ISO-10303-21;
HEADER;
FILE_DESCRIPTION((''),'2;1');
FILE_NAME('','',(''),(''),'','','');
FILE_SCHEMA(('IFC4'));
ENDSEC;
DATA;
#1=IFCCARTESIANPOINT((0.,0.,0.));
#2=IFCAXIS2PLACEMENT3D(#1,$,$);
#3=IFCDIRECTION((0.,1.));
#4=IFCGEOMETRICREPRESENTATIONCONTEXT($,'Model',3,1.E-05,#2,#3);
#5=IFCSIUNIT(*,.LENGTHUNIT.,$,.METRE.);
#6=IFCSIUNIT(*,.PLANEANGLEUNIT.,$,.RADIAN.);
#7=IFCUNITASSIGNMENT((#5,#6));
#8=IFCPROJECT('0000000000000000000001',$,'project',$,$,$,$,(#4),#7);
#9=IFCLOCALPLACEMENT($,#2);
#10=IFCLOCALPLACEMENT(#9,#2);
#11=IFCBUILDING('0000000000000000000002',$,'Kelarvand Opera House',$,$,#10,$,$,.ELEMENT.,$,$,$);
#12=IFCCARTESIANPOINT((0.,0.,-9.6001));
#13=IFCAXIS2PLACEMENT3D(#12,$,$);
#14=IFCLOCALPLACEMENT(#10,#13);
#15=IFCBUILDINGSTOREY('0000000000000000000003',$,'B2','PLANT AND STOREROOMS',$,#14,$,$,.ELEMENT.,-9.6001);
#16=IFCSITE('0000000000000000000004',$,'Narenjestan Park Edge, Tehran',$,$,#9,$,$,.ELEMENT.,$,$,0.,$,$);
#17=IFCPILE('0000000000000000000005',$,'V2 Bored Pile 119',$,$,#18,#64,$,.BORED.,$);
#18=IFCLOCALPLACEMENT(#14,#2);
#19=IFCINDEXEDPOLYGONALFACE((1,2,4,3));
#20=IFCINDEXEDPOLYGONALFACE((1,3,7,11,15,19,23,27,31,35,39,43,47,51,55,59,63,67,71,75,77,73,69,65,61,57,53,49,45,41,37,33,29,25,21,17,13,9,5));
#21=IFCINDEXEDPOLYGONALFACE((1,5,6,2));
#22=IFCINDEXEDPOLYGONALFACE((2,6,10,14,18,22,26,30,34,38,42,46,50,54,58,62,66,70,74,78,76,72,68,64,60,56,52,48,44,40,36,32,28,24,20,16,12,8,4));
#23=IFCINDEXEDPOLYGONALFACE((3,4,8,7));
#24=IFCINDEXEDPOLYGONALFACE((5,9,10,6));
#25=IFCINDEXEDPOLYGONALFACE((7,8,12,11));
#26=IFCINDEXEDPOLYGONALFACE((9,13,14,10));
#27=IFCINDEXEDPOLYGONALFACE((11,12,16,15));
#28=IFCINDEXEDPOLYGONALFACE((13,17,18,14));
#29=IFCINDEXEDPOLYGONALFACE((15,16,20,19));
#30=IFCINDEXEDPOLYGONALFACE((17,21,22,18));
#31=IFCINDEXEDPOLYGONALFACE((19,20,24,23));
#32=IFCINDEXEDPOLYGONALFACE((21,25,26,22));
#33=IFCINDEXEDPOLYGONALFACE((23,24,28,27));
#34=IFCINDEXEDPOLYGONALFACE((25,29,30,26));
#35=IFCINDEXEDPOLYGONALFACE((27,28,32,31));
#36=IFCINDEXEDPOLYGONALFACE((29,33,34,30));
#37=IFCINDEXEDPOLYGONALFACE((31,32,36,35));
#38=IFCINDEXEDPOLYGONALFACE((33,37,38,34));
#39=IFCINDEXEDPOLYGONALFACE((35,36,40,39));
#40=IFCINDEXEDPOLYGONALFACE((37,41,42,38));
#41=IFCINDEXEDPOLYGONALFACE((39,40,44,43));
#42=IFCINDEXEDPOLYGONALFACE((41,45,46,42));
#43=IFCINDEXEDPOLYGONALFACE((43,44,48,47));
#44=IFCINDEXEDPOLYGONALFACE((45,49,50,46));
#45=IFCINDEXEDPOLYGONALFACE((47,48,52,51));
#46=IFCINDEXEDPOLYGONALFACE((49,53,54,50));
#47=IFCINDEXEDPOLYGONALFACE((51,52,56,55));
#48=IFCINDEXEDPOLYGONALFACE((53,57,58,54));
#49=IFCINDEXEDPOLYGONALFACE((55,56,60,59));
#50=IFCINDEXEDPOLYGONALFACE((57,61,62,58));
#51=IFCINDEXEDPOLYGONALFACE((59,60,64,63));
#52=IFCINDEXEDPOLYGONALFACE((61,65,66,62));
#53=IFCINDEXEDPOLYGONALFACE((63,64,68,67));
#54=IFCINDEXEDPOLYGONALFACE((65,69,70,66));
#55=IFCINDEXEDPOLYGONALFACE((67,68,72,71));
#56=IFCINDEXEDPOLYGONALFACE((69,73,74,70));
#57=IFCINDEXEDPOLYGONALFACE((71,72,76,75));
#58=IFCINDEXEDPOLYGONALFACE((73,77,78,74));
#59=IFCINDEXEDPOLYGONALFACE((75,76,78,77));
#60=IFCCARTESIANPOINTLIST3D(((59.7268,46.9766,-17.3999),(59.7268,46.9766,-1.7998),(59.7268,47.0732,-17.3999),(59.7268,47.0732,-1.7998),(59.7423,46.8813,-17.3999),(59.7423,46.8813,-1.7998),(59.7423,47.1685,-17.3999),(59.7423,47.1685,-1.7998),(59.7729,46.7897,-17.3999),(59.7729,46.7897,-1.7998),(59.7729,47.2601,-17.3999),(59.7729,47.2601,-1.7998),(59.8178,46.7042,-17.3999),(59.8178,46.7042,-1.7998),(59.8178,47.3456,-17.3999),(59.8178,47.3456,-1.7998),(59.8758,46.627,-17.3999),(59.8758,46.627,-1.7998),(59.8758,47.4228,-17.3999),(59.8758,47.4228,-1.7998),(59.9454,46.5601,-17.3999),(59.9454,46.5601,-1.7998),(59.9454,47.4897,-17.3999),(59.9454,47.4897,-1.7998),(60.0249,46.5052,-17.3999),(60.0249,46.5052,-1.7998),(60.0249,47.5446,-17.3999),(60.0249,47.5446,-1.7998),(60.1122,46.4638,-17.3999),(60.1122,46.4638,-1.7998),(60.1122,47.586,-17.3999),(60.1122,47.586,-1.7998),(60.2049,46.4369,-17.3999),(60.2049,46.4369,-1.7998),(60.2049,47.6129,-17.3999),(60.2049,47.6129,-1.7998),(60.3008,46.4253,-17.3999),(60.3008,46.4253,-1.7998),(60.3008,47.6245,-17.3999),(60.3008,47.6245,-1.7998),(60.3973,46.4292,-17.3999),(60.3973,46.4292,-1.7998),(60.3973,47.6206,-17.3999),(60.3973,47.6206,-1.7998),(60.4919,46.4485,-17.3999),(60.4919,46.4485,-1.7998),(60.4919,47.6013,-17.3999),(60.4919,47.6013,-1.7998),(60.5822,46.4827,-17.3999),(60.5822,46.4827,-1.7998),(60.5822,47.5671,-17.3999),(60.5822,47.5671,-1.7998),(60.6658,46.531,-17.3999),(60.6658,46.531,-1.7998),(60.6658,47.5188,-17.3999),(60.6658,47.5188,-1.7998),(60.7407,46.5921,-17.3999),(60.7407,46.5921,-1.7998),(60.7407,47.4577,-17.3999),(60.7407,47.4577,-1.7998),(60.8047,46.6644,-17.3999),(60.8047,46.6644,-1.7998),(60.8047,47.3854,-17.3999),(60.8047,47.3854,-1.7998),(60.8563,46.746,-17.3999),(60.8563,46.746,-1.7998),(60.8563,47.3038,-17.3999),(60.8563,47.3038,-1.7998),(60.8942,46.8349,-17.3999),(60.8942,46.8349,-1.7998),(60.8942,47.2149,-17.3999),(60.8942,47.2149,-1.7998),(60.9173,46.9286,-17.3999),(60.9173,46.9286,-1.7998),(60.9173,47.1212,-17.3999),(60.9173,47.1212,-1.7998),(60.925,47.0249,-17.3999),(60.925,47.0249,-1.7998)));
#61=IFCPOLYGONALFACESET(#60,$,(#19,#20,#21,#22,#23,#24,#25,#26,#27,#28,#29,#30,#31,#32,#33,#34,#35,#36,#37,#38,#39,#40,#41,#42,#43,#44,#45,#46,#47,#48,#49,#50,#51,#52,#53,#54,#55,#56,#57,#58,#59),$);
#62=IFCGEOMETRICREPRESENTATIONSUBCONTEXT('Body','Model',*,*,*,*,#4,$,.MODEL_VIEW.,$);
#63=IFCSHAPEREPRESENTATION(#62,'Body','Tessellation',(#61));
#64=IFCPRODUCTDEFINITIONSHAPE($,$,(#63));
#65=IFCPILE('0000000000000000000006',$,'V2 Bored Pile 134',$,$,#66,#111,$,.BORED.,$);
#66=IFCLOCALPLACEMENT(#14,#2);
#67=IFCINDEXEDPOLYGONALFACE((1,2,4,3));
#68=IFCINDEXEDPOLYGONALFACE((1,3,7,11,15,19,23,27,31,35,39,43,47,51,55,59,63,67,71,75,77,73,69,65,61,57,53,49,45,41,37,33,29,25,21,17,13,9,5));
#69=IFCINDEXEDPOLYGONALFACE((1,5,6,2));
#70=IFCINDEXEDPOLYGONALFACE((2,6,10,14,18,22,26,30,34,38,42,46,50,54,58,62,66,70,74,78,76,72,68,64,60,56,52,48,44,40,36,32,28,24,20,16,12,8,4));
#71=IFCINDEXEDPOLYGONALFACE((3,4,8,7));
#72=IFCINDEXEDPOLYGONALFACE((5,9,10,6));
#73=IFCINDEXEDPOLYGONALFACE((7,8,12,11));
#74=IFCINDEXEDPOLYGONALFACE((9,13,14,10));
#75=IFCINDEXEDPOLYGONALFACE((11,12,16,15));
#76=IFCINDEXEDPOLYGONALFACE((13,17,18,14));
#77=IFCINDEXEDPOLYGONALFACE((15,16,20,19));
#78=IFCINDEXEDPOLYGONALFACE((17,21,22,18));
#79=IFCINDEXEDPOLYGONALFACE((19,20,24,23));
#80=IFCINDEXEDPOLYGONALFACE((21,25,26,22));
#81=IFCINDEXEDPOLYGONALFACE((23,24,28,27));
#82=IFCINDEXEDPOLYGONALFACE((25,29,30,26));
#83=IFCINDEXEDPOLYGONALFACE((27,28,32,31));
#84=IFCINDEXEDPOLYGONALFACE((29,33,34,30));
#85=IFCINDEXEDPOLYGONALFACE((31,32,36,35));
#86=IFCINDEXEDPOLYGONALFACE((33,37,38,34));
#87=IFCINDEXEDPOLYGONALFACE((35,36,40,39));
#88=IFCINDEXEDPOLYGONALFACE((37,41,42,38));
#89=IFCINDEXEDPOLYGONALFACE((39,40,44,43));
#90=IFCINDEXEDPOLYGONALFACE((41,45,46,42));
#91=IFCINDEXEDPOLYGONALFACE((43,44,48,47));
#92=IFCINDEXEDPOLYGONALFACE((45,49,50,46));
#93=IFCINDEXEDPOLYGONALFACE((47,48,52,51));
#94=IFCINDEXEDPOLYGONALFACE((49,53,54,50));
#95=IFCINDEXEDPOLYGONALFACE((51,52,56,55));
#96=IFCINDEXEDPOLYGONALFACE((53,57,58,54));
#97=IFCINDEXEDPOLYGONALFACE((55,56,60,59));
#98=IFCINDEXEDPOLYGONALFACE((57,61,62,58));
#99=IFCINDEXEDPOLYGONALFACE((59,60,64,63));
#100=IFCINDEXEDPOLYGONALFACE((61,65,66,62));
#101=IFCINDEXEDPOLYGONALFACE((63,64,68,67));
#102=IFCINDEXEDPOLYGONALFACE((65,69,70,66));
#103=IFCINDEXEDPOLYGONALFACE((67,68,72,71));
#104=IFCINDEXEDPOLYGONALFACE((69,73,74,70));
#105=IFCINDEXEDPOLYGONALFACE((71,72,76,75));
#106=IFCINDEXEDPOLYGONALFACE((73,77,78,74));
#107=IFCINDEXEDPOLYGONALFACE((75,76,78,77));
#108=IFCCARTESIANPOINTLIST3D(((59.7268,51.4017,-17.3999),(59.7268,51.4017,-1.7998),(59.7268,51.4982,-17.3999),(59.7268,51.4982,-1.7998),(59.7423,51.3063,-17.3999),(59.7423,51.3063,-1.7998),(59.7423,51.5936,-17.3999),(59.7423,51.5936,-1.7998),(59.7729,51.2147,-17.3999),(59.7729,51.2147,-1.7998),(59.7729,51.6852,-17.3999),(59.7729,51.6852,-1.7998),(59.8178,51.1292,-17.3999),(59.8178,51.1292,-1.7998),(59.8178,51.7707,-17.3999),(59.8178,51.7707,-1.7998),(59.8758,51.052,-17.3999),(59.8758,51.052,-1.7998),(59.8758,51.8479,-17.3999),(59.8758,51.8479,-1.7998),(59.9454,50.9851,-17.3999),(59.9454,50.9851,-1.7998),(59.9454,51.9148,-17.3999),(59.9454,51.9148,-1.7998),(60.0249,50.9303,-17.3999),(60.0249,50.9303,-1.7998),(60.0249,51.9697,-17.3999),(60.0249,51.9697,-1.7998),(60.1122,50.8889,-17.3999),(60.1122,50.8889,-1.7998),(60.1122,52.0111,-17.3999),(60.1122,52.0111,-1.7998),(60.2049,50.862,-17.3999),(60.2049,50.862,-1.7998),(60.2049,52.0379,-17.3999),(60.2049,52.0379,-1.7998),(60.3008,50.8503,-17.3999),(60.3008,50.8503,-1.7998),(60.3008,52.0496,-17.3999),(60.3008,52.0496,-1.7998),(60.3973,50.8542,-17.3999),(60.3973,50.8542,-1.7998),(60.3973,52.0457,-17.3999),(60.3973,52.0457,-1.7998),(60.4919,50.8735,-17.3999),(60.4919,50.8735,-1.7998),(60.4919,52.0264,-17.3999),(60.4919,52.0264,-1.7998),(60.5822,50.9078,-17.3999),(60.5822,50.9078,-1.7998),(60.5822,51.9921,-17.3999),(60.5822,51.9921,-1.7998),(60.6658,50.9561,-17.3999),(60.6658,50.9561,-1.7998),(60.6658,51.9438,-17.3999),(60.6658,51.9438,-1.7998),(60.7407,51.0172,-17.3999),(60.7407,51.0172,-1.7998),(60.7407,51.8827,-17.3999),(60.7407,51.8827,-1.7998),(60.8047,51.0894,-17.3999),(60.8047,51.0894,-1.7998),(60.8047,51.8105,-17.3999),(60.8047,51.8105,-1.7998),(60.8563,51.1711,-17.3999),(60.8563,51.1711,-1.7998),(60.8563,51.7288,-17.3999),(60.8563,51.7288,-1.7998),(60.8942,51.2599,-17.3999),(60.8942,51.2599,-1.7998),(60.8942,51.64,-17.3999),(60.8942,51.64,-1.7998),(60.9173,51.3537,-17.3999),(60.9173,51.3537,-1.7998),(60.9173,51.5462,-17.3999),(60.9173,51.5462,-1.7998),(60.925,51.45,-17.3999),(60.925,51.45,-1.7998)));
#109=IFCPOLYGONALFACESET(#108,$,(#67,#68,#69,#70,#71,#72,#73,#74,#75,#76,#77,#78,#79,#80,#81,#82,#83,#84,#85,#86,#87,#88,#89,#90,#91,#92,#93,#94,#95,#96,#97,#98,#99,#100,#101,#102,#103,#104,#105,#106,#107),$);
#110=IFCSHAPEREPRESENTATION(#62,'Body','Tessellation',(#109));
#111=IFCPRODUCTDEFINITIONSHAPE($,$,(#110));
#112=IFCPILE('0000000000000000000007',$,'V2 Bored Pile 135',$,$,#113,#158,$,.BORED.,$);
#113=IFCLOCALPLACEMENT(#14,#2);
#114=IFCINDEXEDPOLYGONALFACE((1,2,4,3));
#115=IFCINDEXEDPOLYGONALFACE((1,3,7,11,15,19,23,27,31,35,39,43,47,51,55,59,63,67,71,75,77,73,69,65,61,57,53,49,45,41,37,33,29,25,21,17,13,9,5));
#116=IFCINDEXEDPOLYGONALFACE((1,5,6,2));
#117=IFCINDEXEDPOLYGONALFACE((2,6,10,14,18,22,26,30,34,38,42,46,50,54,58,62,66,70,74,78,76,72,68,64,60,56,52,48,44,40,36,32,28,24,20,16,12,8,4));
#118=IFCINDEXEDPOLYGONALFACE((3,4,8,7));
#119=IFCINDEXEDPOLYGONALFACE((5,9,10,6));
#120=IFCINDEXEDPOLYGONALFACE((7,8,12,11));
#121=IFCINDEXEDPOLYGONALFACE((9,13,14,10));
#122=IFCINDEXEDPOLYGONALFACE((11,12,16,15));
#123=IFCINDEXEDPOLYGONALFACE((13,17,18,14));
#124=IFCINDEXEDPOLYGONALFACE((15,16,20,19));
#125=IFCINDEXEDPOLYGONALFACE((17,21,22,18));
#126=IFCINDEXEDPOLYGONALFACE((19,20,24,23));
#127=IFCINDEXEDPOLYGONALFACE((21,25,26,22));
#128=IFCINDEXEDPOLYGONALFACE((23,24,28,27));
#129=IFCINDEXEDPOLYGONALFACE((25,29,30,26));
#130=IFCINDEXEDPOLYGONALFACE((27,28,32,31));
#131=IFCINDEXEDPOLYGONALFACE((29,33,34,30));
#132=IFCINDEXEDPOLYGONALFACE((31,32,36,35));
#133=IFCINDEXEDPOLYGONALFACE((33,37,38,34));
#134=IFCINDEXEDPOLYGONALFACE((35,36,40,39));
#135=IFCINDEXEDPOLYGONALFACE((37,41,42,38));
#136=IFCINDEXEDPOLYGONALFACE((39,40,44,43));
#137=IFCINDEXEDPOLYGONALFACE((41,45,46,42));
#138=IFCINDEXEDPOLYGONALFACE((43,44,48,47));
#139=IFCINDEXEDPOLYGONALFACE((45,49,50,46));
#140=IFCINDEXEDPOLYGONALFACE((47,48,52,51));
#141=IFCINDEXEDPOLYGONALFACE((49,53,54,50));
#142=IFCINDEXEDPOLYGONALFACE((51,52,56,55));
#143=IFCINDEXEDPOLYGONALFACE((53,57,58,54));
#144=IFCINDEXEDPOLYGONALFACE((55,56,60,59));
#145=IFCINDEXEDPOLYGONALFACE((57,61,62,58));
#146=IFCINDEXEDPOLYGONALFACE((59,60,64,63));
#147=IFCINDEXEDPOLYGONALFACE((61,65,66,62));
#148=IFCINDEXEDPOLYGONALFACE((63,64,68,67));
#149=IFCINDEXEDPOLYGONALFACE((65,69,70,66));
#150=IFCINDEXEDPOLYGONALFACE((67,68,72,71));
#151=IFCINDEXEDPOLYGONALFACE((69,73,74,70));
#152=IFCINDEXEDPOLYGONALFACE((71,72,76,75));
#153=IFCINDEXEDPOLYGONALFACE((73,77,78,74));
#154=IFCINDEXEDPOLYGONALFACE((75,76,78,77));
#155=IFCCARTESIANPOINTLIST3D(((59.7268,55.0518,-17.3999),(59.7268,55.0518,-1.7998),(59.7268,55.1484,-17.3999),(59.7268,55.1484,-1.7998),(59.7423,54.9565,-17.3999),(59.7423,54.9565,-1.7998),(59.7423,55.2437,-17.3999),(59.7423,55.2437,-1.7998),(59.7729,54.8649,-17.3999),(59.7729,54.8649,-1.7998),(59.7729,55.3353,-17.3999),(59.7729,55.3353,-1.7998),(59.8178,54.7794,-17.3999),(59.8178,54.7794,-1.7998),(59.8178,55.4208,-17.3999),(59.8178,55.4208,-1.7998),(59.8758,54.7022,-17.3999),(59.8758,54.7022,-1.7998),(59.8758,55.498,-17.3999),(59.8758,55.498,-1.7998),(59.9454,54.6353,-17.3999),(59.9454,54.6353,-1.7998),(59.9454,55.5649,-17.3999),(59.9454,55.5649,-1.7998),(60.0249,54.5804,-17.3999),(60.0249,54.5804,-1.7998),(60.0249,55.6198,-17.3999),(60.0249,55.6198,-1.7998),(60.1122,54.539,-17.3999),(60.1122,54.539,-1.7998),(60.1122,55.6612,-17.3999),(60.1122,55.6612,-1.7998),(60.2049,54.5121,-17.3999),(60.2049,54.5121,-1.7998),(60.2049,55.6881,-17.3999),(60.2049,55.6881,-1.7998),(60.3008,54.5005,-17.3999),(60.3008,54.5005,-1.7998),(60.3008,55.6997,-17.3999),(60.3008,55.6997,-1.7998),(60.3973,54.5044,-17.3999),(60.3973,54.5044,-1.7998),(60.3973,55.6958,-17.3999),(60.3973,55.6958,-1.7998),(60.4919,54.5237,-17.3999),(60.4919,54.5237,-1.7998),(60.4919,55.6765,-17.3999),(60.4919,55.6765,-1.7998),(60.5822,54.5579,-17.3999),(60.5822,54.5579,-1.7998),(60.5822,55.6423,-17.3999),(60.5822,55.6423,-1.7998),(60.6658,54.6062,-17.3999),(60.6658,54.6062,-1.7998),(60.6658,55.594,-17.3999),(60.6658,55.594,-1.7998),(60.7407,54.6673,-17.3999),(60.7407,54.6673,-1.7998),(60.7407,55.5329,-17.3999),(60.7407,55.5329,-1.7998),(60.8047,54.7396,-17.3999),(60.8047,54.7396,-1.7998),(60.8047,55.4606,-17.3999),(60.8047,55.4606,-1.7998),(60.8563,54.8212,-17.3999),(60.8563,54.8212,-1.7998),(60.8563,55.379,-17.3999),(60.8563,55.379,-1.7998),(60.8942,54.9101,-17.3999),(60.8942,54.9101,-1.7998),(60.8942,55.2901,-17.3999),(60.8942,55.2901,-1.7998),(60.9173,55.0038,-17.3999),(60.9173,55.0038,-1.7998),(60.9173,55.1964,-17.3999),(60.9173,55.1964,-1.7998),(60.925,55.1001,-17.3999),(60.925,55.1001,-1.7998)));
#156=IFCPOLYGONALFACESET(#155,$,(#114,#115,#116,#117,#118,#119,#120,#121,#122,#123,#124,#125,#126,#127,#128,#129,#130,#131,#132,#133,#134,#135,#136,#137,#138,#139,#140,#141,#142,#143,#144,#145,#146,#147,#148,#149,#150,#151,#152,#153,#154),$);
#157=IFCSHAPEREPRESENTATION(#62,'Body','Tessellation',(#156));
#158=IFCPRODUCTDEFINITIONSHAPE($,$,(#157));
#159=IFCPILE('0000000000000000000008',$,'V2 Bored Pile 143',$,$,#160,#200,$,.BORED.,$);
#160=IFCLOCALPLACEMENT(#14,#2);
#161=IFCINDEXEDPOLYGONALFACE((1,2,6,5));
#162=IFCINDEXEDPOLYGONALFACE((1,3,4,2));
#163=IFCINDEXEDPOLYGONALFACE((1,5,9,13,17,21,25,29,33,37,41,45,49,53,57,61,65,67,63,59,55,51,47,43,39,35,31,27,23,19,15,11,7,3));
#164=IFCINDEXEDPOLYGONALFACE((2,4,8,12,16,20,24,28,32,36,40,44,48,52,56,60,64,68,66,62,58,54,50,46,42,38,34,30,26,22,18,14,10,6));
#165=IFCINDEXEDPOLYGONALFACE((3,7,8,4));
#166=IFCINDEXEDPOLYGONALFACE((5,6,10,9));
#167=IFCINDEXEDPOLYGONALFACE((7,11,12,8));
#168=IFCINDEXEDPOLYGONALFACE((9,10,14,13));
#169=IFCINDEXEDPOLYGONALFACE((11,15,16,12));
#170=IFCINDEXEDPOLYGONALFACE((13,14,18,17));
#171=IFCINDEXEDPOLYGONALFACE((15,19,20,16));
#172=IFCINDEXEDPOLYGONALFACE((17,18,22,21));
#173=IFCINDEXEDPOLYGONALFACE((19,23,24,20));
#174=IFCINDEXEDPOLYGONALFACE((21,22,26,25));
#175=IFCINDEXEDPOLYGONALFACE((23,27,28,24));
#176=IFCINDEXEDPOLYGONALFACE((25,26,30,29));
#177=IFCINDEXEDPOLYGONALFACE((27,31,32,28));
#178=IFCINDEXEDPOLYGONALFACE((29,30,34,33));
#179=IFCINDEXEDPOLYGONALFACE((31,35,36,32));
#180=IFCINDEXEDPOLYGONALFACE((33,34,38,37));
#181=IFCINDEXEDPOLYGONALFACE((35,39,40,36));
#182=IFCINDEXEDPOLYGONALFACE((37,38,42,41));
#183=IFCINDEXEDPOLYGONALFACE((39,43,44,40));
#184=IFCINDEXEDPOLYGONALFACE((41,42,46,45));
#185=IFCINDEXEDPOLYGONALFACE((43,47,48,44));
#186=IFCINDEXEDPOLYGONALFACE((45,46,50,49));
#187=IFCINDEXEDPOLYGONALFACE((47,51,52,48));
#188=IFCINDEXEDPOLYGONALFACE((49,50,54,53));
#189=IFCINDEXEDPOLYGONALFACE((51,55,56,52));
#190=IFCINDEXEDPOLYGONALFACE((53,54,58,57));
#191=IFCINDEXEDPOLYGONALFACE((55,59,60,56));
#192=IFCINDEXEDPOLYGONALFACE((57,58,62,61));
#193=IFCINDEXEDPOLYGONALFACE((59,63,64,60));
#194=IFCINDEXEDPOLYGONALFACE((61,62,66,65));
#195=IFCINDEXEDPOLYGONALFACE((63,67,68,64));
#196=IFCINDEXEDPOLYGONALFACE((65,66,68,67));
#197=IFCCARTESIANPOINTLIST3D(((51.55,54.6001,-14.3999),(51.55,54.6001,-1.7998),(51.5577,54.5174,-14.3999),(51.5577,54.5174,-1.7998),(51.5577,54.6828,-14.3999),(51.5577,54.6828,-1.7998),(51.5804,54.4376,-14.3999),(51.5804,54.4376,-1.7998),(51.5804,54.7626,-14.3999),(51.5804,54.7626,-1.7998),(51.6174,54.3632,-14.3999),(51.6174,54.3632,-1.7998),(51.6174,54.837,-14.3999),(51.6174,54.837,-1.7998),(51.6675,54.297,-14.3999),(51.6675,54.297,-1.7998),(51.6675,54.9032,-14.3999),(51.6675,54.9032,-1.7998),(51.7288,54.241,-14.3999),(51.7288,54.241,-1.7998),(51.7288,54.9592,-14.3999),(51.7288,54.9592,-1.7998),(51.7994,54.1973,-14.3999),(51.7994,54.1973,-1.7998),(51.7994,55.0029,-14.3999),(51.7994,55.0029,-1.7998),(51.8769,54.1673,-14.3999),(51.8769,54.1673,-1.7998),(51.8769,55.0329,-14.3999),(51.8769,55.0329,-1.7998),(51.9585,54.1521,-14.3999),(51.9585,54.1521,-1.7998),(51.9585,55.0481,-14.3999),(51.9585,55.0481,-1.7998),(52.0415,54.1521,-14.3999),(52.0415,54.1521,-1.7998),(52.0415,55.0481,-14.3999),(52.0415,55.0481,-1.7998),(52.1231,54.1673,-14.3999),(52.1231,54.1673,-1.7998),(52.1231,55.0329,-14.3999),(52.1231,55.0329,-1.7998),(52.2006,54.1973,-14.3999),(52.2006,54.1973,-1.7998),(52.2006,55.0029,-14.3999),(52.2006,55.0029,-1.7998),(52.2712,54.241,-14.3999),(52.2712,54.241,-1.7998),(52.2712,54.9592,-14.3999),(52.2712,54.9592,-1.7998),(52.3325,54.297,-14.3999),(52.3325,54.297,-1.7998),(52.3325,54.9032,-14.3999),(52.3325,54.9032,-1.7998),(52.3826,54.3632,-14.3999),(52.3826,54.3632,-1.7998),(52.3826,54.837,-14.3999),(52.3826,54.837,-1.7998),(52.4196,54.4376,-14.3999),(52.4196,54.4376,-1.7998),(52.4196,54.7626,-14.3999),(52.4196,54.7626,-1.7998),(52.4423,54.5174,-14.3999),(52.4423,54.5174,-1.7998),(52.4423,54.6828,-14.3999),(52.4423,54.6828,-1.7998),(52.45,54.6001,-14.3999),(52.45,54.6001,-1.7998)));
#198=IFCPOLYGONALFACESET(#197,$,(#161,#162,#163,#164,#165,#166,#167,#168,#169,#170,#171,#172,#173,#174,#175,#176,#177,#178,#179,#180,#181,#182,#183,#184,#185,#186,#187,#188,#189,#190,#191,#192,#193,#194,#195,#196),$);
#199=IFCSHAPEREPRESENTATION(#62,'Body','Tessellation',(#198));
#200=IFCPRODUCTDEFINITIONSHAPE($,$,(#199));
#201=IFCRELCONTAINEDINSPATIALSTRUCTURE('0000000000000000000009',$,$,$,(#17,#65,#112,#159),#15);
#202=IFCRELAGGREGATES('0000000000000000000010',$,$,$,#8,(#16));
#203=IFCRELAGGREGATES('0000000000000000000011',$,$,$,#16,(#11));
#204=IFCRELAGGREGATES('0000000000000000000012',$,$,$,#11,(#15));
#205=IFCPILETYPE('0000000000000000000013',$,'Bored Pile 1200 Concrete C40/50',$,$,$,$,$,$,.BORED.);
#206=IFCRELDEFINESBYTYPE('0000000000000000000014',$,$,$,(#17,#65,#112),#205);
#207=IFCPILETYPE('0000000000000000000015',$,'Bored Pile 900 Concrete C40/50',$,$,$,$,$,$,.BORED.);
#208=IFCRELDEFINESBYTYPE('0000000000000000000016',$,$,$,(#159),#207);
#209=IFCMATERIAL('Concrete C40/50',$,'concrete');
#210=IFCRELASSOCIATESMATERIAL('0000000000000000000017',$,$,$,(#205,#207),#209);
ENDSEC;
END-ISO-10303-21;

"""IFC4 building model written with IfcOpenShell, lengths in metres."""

from ifc_helpers import new_model, si_unit, direction, frame, origin, origin_2d, place, context, subcontext, project, spatial, circle, extrude, material, material_profile, profile_set, type_object, element, save


model = new_model("IFC4")

# Units and contexts
model_context = context("Model", 3, precision=1e-05, world=origin(), true_north=direction((0.0, 1.0)))
body_context = subcontext(model_context, "Body", "Model", "MODEL_VIEW")
ifc_project = project(units=[si_unit("LENGTHUNIT", "METRE"), si_unit("PLANEANGLEUNIT", "RADIAN")], contexts=[model_context])

# Site, building, storey
site_placement = place(None, origin())
site = spatial("IfcSite", under=ifc_project, at=site_placement, Name="Narenjestan Park Edge, Tehran", CompositionType="ELEMENT", RefElevation=0.0)
building_placement = place(site_placement, origin())
building = spatial("IfcBuilding", under=site, at=building_placement, Name="Kelarvand Opera House", CompositionType="ELEMENT")
storey_placement = place(building_placement, frame((0.0, 0.0, -9.6001)))
storey = spatial("IfcBuildingStorey", under=building, at=storey_placement, Name="B2", Description="PLANT AND STOREROOMS", CompositionType="ELEMENT", Elevation=-9.6001)

# Piles
ifc_material_1 = material(Name="Concrete C40/50", Category="concrete")
ifc_material_profile_1 = material_profile(ifc_material_1, circle(Radius=0.6001, at=origin_2d()), Name="BP 1200", Category="concrete")
ifc_profile_set_1 = profile_set([ifc_material_profile_1], Name="Concrete C40/50")
pile_type_1 = type_object("IfcPileType", Name="Bored Pile 1200 Concrete C40/50", PredefinedType="BORED", material=ifc_profile_set_1)
for number, where, z_axis, x_axis, name in (
    (1, (60.325, 47.0249, -1.7998), (0.0, 0.0, -1.0), (1.0, 0.0, 0.0), "V2 Bored Pile 119"),
    (2, (60.325, 51.45, -1.7998), (0.0, 0.0, -1.0), (1.0, 0.0, 0.0), "V2 Bored Pile 134"),
    (3, (60.325, 55.1001, -1.7998), (0.0, 0.0, -1.0), (1.0, 0.0, 0.0), "V2 Bored Pile 135"),
):
    element("IfcPile", number, at=place(storey_placement, frame(where, z_axis=z_axis, x_axis=x_axis)), inside=storey, type_object=pile_type_1, Name=name, PredefinedType="BORED", context=body_context, shape_type="SweptSolid", body=[
        extrude(circle(Radius=0.6001, at=origin_2d()), origin(), (0.0, 0.0, 1.0), 15.6001),
    ])
ifc_material_profile_2 = material_profile(ifc_material_1, circle(Radius=0.45, at=origin_2d()), Name="BP 900", Category="concrete")
ifc_profile_set_2 = profile_set([ifc_material_profile_2], Name="Concrete C40/50")
pile_type_2 = type_object("IfcPileType", Name="Bored Pile 900 Concrete C40/50", PredefinedType="BORED", material=ifc_profile_set_2)
for number, where, z_axis, x_axis, name in (
    (4, (52.0, 54.6001, -1.7998), (0.0, 0.0, -1.0), (1.0, 0.0, 0.0), "V2 Bored Pile 143"),
):
    element("IfcPile", number, at=place(storey_placement, frame(where, z_axis=z_axis, x_axis=x_axis)), inside=storey, type_object=pile_type_2, Name=name, PredefinedType="BORED", context=body_context, shape_type="SweptSolid", body=[
        extrude(circle(Radius=0.45, at=origin_2d()), origin(), (0.0, 0.0, 1.0), 12.6001),
    ])

save(model, "model.ifc")
